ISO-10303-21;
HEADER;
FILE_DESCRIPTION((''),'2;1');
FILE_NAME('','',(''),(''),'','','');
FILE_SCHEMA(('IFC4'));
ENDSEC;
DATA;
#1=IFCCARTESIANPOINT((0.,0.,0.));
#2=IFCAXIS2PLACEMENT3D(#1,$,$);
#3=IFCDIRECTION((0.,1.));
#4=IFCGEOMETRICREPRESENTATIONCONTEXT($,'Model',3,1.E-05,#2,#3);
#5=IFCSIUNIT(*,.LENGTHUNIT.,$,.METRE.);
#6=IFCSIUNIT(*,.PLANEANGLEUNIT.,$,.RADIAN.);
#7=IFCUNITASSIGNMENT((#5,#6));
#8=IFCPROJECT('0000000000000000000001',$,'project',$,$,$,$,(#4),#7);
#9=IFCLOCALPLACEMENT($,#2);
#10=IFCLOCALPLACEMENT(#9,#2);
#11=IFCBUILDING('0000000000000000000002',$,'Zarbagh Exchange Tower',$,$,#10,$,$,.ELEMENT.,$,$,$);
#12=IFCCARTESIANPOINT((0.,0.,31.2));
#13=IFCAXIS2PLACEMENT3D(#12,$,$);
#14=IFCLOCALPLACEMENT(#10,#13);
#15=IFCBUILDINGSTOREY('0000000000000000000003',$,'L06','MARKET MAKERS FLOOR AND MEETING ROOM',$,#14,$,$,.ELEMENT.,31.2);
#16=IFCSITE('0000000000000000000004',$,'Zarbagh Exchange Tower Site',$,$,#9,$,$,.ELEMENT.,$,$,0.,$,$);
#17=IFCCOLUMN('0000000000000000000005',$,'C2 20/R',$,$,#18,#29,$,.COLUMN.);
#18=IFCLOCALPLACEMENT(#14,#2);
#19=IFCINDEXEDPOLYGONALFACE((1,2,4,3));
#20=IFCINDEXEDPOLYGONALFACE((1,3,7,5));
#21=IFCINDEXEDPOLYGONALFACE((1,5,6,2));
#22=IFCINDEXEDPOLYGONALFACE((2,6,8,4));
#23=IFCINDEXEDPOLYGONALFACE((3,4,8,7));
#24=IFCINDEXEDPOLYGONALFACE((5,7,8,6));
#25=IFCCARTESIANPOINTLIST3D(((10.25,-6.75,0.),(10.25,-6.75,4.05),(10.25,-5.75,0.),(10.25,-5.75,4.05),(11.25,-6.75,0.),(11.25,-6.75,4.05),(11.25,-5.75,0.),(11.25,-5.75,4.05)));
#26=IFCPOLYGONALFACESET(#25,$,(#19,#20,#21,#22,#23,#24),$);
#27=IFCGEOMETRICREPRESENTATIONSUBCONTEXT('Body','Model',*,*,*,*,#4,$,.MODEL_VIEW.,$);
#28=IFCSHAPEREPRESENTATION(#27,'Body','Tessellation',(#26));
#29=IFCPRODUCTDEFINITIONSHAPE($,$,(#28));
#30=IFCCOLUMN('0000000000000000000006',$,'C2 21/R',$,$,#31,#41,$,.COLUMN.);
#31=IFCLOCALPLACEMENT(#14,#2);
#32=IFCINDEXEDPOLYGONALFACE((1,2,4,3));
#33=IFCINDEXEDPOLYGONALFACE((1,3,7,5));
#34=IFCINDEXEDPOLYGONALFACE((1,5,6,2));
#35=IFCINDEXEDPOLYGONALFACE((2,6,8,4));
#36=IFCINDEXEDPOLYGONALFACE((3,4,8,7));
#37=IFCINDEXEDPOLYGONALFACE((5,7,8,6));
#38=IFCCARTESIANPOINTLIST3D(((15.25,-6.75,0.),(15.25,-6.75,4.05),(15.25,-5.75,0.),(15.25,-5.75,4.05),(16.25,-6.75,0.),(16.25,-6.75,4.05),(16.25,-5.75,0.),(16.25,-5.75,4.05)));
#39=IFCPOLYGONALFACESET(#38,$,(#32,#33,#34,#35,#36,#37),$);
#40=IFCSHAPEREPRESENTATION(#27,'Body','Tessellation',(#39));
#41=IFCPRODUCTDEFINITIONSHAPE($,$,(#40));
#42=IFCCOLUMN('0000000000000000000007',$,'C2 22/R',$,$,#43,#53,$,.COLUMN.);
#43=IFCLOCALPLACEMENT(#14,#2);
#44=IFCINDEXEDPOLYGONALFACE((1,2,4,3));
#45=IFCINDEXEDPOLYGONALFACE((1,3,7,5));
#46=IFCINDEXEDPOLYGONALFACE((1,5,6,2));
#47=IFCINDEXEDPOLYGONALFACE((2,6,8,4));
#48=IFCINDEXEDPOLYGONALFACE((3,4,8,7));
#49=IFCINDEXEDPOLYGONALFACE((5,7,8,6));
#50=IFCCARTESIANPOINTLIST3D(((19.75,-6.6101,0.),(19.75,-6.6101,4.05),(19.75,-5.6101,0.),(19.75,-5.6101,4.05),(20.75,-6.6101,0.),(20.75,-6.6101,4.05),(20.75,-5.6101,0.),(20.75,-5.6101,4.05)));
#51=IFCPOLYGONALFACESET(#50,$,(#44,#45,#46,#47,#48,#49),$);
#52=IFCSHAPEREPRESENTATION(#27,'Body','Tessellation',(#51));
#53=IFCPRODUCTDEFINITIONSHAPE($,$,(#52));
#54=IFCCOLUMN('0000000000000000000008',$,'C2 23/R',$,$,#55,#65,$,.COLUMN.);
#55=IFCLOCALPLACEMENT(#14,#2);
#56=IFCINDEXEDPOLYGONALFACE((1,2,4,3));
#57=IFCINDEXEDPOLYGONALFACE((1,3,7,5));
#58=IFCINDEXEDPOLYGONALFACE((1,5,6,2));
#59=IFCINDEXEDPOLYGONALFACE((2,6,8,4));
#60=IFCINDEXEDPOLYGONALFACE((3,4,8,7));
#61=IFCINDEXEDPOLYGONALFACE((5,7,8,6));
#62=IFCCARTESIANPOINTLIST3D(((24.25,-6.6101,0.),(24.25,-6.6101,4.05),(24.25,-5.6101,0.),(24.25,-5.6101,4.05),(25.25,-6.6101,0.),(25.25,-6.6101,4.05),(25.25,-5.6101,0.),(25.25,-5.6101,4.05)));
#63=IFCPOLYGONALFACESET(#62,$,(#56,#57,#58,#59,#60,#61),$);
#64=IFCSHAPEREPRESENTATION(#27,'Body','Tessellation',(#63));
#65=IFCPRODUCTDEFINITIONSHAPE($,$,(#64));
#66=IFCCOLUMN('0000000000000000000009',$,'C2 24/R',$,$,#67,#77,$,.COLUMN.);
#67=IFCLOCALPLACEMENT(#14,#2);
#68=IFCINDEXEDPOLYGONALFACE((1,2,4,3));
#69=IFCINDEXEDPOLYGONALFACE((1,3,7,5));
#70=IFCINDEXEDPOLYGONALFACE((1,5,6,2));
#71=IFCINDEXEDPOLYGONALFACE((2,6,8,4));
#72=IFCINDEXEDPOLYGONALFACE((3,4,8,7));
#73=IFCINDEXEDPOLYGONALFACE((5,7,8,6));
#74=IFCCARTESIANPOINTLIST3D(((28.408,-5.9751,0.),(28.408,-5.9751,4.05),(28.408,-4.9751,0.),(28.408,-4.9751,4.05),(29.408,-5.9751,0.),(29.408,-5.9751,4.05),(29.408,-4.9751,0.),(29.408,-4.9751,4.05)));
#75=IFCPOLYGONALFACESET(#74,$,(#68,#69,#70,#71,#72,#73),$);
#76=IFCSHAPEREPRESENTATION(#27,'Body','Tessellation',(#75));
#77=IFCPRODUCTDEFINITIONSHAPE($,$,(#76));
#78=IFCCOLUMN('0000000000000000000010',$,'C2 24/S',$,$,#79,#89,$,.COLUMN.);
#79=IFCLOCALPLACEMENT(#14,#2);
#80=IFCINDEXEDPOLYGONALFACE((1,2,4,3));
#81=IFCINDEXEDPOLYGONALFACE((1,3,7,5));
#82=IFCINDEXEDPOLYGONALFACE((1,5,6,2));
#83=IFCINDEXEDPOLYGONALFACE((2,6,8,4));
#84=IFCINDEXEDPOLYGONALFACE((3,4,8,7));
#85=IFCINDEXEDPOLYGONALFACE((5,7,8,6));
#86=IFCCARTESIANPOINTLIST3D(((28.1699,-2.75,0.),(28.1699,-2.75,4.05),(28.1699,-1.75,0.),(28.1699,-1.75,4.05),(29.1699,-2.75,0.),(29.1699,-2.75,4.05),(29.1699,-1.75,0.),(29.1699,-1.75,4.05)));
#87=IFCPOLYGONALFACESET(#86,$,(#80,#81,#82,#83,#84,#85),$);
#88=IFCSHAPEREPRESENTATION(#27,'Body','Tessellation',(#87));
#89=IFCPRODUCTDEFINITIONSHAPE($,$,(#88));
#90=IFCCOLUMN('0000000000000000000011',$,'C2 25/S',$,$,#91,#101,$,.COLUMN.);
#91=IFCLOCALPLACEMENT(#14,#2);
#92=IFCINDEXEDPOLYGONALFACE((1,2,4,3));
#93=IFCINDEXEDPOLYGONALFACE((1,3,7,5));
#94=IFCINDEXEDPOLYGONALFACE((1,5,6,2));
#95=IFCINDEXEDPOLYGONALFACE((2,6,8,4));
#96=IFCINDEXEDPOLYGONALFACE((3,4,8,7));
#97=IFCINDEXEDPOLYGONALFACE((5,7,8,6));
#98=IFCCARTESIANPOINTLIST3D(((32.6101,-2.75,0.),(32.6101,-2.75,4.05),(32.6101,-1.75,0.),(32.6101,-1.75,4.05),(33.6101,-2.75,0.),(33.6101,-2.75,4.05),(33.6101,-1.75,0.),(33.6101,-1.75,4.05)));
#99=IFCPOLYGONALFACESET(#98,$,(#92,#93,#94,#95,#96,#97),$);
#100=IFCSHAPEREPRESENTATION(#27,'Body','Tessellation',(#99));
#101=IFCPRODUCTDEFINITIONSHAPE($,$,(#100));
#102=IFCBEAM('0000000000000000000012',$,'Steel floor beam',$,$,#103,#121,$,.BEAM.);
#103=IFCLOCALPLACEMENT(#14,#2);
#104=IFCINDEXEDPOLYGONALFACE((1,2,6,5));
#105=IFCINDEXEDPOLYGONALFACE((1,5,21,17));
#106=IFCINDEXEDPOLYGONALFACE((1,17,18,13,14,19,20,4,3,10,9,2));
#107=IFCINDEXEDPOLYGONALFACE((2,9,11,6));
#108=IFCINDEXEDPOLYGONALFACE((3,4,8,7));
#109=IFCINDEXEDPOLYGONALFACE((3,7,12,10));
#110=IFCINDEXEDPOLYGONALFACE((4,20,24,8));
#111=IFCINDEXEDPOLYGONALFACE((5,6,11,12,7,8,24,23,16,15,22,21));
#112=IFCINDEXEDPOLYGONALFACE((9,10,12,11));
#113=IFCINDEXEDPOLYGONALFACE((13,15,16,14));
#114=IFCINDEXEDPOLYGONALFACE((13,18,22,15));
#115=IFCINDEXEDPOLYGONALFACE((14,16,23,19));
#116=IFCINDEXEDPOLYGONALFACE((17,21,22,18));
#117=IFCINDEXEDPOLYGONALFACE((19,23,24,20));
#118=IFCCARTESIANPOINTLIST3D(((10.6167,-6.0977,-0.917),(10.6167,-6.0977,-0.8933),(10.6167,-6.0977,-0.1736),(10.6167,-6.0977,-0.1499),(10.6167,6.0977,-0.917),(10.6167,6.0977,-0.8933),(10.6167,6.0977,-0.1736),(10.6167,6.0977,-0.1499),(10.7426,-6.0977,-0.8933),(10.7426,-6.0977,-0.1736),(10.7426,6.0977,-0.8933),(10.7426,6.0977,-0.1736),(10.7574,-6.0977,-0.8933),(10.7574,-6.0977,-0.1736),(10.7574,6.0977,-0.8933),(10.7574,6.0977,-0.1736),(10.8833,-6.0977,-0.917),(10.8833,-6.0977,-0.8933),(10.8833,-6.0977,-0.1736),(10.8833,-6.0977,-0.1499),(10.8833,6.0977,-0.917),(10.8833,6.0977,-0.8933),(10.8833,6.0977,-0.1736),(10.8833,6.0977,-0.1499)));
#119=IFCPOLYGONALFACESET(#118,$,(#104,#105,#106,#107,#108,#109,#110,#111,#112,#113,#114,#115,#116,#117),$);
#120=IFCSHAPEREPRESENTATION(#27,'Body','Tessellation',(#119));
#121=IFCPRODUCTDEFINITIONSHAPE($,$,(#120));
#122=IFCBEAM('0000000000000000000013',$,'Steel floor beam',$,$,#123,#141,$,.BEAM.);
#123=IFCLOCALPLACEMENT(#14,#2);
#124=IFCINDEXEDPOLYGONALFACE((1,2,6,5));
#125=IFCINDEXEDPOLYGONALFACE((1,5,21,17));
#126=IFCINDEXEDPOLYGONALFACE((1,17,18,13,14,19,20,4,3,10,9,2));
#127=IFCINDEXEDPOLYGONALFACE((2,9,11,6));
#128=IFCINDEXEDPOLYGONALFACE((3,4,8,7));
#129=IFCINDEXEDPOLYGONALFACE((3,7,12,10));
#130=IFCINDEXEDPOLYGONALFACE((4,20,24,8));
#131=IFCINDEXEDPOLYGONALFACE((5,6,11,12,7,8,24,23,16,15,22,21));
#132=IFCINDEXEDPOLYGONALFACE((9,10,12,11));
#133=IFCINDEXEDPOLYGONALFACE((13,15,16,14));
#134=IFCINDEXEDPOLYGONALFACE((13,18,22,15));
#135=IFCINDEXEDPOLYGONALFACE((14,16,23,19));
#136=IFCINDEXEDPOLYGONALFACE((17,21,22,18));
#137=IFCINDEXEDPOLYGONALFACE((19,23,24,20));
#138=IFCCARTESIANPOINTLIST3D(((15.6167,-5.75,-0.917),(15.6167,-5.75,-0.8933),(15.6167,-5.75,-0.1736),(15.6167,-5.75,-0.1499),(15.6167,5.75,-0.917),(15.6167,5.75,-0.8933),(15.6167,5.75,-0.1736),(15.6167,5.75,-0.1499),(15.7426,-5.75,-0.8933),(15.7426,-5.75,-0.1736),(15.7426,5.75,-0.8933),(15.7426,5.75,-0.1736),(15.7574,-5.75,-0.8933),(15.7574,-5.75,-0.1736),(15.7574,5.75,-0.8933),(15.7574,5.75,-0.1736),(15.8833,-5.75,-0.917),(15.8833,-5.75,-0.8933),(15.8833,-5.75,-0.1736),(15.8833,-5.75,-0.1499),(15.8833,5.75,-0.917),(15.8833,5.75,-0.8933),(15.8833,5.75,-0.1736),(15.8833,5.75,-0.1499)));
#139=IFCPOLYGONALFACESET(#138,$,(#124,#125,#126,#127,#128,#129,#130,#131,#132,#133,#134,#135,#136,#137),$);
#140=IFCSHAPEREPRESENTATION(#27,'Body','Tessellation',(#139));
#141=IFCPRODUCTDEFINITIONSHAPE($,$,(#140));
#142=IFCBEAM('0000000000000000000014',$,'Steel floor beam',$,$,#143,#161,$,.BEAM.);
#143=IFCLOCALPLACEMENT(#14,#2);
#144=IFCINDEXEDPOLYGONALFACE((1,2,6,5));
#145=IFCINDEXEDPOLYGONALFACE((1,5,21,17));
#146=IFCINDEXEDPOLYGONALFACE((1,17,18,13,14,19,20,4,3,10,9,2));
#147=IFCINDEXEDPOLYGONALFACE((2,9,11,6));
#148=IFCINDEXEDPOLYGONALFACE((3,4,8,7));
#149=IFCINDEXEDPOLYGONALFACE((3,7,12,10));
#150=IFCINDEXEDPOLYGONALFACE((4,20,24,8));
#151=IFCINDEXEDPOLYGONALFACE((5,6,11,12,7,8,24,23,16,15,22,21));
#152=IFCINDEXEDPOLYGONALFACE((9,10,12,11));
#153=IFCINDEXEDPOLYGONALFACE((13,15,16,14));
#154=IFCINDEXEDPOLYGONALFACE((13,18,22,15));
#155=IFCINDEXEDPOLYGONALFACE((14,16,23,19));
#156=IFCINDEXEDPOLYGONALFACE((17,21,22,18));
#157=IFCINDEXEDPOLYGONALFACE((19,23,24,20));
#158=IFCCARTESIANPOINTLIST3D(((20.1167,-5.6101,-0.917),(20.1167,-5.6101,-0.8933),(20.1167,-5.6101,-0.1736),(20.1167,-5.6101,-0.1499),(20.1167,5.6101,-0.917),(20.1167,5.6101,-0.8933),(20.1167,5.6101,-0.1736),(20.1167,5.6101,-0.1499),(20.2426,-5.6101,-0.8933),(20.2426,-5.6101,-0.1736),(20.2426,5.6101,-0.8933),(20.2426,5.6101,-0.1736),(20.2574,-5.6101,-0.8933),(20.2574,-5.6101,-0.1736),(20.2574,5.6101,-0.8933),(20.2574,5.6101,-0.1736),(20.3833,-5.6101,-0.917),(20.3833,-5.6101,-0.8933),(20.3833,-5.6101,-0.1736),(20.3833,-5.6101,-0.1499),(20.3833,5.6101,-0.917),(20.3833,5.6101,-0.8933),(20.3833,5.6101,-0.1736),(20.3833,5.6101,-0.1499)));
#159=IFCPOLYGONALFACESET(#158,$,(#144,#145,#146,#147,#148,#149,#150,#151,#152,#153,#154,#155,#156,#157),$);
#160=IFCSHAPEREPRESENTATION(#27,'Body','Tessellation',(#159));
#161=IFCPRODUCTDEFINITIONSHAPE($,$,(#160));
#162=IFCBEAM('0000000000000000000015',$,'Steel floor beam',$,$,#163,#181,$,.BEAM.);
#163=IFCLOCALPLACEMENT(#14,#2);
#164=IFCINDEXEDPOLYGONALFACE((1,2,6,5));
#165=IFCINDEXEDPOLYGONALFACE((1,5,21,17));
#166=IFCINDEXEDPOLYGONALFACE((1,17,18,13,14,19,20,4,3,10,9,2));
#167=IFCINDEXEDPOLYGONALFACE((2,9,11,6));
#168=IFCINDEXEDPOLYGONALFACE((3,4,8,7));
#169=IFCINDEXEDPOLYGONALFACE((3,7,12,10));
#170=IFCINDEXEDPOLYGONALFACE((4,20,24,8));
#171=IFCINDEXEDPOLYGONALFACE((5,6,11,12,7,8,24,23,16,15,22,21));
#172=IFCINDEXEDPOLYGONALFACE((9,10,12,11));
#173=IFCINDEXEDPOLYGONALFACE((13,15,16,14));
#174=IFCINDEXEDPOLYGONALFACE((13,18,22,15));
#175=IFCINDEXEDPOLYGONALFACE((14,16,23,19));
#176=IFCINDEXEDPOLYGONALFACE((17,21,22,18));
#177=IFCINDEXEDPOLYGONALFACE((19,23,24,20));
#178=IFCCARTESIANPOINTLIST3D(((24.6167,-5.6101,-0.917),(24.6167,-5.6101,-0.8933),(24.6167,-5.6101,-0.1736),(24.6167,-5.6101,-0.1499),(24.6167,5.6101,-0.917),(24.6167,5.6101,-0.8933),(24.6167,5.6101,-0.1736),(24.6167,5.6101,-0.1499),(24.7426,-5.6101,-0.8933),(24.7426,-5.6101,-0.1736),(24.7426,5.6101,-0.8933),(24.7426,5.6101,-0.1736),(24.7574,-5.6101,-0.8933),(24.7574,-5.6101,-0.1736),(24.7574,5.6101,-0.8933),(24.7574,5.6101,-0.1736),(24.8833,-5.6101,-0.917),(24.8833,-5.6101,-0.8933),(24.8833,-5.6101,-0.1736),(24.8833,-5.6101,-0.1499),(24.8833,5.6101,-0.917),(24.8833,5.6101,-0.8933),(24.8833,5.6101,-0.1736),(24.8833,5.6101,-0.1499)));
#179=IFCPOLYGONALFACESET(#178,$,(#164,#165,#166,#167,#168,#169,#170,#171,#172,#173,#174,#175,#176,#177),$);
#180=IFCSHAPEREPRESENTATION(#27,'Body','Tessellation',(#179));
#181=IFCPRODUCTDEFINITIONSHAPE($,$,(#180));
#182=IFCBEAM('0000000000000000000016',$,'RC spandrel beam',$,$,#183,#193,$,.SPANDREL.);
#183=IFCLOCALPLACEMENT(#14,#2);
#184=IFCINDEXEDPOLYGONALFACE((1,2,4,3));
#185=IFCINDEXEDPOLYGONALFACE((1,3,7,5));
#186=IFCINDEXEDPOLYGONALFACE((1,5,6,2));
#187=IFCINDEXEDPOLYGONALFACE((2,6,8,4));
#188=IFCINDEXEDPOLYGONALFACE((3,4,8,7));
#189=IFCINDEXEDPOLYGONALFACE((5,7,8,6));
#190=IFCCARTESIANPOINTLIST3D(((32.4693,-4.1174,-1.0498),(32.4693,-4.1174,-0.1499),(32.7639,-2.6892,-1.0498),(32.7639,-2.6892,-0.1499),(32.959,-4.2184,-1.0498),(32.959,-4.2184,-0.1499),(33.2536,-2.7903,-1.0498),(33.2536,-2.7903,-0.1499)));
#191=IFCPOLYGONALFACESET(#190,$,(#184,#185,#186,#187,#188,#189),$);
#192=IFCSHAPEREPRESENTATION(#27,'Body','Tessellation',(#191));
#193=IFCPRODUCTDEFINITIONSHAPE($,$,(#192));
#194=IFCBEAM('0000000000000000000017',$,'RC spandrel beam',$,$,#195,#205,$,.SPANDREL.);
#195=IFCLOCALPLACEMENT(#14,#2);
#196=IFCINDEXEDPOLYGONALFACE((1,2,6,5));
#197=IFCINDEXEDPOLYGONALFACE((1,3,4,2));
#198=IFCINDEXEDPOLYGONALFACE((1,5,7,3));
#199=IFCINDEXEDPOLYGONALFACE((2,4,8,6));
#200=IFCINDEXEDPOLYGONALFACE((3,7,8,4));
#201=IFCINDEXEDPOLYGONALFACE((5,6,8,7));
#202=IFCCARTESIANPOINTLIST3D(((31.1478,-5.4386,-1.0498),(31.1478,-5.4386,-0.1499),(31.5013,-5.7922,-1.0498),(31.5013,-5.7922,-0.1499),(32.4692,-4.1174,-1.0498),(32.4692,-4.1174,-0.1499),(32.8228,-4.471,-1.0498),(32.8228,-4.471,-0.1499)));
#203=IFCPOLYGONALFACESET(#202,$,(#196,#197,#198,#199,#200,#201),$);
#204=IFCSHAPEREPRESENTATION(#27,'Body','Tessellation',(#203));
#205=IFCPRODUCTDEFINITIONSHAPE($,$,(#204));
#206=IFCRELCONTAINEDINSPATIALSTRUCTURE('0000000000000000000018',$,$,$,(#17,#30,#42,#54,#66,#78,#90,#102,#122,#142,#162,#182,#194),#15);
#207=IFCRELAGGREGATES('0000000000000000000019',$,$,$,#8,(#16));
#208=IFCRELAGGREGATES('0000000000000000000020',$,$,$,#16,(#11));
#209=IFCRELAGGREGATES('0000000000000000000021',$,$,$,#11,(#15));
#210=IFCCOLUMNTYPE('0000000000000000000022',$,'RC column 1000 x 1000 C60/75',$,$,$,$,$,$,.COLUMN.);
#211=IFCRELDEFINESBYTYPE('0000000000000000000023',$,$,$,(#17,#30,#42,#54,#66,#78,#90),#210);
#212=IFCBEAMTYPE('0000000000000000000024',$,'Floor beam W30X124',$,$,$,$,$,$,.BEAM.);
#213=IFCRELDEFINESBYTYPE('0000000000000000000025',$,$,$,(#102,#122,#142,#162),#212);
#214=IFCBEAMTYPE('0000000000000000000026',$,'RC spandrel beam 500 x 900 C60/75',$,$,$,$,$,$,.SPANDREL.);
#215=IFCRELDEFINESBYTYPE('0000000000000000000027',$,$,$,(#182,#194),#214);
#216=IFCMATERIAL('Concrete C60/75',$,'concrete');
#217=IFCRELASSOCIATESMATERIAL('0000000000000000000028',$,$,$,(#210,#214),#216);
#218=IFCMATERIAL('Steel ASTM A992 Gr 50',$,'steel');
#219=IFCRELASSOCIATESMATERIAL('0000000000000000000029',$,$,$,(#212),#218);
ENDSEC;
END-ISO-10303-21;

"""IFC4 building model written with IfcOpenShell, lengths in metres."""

from ifc_helpers import new_model, si_unit, direction, frame, origin, origin_2d, place, context, subcontext, project, spatial, rectangle, i_section, extrude, material, material_profile, profile_set, type_object, element, save


model = new_model("IFC4")

# Units and contexts
model_context = context("Model", 3, precision=1e-05, world=origin(), true_north=direction((0.0, 1.0)))
body_context = subcontext(model_context, "Body", "Model", "MODEL_VIEW")
ifc_project = project(units=[si_unit("LENGTHUNIT", "METRE"), si_unit("PLANEANGLEUNIT", "RADIAN")], contexts=[model_context])

# Site, building, storey
site_placement = place(None, origin())
site = spatial("IfcSite", under=ifc_project, at=site_placement, Name="Zarbagh Exchange Tower Site", CompositionType="ELEMENT", RefElevation=0.0)
building_placement = place(site_placement, origin())
building = spatial("IfcBuilding", under=site, at=building_placement, Name="Zarbagh Exchange Tower", CompositionType="ELEMENT")
storey_placement = place(building_placement, frame((0.0, 0.0, 31.2)))
storey = spatial("IfcBuildingStorey", under=building, at=storey_placement, Name="L06", Description="MARKET MAKERS FLOOR AND MEETING ROOM", CompositionType="ELEMENT", Elevation=31.2)

# Columns
ifc_material_1 = material(Name="Concrete C60/75", Category="concrete")
ifc_material_profile_1 = material_profile(ifc_material_1, rectangle(XDim=1.0, YDim=1.0, at=origin_2d()), Name="RC column 1000 x 1000 C60/75")
ifc_profile_set_1 = profile_set([ifc_material_profile_1], Name="Concrete C60/75")
column_type = type_object("IfcColumnType", Name="RC column 1000 x 1000 C60/75", PredefinedType="COLUMN", material=ifc_profile_set_1)
for number, where, z_axis, x_axis, name in (
    (1, (10.75, -6.25, 0.0), (0.0, 0.0, 1.0), (1.0, 0.0, 0.0), "C2 20/R"),
    (2, (15.75, -6.25, 0.0), (0.0, 0.0, 1.0), (1.0, 0.0, 0.0), "C2 21/R"),
    (3, (20.25, -6.1101, 0.0), (0.0, 0.0, 1.0), (1.0, 0.0, 0.0), "C2 22/R"),
    (4, (24.75, -6.1101, 0.0), (0.0, 0.0, 1.0), (1.0, 0.0, 0.0), "C2 23/R"),
    (5, (28.908, -5.4751, 0.0), (0.0, 0.0, 1.0), (1.0, 0.0, 0.0), "C2 24/R"),
    (6, (28.6699, -2.25, 0.0), (0.0, 0.0, 1.0), (1.0, 0.0, 0.0), "C2 24/S"),
    (7, (33.1101, -2.25, 0.0), (0.0, 0.0, 1.0), (1.0, 0.0, 0.0), "C2 25/S"),
):
    element("IfcColumn", number, at=place(storey_placement, frame(where, z_axis=z_axis, x_axis=x_axis)), inside=storey, type_object=column_type, Name=name, PredefinedType="COLUMN", context=body_context, shape_type="SweptSolid", body=[
        extrude(rectangle(XDim=1.0, YDim=1.0, at=origin_2d()), origin(), (0.0, 0.0, 1.0), 4.05),
    ])

# Beams
ifc_material_2 = material(Name="Steel ASTM A992 Gr 50", Category="steel")
ifc_material_profile_2 = material_profile(ifc_material_2, i_section(OverallWidth=0.2666, OverallDepth=0.7671, WebThickness=0.0149, FlangeThickness=0.0237, at=origin_2d()), Name="W30X124")
ifc_profile_set_2 = profile_set([ifc_material_profile_2], Name="Steel ASTM A992 Gr 50")
beam_type_1 = type_object("IfcBeamType", Name="Floor beam W30X124", PredefinedType="BEAM", material=ifc_profile_set_2)
beam_1_placement = place(storey_placement, frame((10.75, -6.0977, -0.5334), z_axis=(0.0, 1.0, 0.0), x_axis=(-1.0, 0.0, 0.0)))
element("IfcBeam", 8, at=beam_1_placement, inside=storey, type_object=beam_type_1, Name="Steel floor beam", PredefinedType="BEAM", context=body_context, shape_type="SweptSolid", body=[
    extrude(i_section(OverallWidth=0.2666, OverallDepth=0.7671, WebThickness=0.0149, FlangeThickness=0.0237, at=origin_2d()), origin(), (0.0, 0.0, 1.0), 12.1953),
])
beam_2_placement = place(storey_placement, frame((15.75, -5.75, -0.5334), z_axis=(0.0, 1.0, 0.0), x_axis=(-1.0, 0.0, 0.0)))
element("IfcBeam", 9, at=beam_2_placement, inside=storey, type_object=beam_type_1, Name="Steel floor beam", PredefinedType="BEAM", context=body_context, shape_type="SweptSolid", body=[
    extrude(i_section(OverallWidth=0.2666, OverallDepth=0.7671, WebThickness=0.0149, FlangeThickness=0.0237, at=origin_2d()), origin(), (0.0, 0.0, 1.0), 11.5),
])
for number, where, z_axis, x_axis, name in (
    (10, (20.25, -5.6101, -0.5334), (0.0, 1.0, 0.0), (-1.0, 0.0, 0.0), "Steel floor beam"),
    (11, (24.75, -5.6101, -0.5334), (0.0, 1.0, 0.0), (-1.0, 0.0, 0.0), "Steel floor beam"),
):
    element("IfcBeam", number, at=place(storey_placement, frame(where, z_axis=z_axis, x_axis=x_axis)), inside=storey, type_object=beam_type_1, Name=name, PredefinedType="BEAM", context=body_context, shape_type="SweptSolid", body=[
        extrude(i_section(OverallWidth=0.2666, OverallDepth=0.7671, WebThickness=0.0149, FlangeThickness=0.0237, at=origin_2d()), origin(), (0.0, 0.0, 1.0), 11.2202),
    ])
ifc_material_profile_3 = material_profile(ifc_material_1, rectangle(XDim=0.5, YDim=0.8999, at=origin_2d()), Name="RC spandrel beam 500 x 900 C60/75")
ifc_profile_set_3 = profile_set([ifc_material_profile_3], Name="Concrete C60/75")
beam_type_2 = type_object("IfcBeamType", Name="RC spandrel beam 500 x 900 C60/75", PredefinedType="SPANDREL", material=ifc_profile_set_3)
beam_3_placement = place(storey_placement, frame((33.0088, -2.7397, -0.5999), z_axis=(-0.202069, -0.979371, 0.0), x_axis=(0.979371, -0.202069, 0.0)))
element("IfcBeam", 12, at=beam_3_placement, inside=storey, type_object=beam_type_2, Name="RC spandrel beam", PredefinedType="SPANDREL", context=body_context, shape_type="SweptSolid", body=[
    extrude(rectangle(XDim=0.5, YDim=0.8999, at=origin_2d()), origin(), (0.0, 0.0, 1.0), 1.4583),
])
beam_4_placement = place(storey_placement, frame((32.646, -4.2942, -0.5999), z_axis=(-0.707172, -0.707041, 0.0), x_axis=(0.707041, -0.707172, 0.0)))
element("IfcBeam", 13, at=beam_4_placement, inside=storey, type_object=beam_type_2, Name="RC spandrel beam", PredefinedType="SPANDREL", context=body_context, shape_type="SweptSolid", body=[
    extrude(rectangle(XDim=0.5, YDim=0.8999, at=origin_2d()), origin(), (0.0, 0.0, 1.0), 1.8687),
])

save(model, "model.ifc")
